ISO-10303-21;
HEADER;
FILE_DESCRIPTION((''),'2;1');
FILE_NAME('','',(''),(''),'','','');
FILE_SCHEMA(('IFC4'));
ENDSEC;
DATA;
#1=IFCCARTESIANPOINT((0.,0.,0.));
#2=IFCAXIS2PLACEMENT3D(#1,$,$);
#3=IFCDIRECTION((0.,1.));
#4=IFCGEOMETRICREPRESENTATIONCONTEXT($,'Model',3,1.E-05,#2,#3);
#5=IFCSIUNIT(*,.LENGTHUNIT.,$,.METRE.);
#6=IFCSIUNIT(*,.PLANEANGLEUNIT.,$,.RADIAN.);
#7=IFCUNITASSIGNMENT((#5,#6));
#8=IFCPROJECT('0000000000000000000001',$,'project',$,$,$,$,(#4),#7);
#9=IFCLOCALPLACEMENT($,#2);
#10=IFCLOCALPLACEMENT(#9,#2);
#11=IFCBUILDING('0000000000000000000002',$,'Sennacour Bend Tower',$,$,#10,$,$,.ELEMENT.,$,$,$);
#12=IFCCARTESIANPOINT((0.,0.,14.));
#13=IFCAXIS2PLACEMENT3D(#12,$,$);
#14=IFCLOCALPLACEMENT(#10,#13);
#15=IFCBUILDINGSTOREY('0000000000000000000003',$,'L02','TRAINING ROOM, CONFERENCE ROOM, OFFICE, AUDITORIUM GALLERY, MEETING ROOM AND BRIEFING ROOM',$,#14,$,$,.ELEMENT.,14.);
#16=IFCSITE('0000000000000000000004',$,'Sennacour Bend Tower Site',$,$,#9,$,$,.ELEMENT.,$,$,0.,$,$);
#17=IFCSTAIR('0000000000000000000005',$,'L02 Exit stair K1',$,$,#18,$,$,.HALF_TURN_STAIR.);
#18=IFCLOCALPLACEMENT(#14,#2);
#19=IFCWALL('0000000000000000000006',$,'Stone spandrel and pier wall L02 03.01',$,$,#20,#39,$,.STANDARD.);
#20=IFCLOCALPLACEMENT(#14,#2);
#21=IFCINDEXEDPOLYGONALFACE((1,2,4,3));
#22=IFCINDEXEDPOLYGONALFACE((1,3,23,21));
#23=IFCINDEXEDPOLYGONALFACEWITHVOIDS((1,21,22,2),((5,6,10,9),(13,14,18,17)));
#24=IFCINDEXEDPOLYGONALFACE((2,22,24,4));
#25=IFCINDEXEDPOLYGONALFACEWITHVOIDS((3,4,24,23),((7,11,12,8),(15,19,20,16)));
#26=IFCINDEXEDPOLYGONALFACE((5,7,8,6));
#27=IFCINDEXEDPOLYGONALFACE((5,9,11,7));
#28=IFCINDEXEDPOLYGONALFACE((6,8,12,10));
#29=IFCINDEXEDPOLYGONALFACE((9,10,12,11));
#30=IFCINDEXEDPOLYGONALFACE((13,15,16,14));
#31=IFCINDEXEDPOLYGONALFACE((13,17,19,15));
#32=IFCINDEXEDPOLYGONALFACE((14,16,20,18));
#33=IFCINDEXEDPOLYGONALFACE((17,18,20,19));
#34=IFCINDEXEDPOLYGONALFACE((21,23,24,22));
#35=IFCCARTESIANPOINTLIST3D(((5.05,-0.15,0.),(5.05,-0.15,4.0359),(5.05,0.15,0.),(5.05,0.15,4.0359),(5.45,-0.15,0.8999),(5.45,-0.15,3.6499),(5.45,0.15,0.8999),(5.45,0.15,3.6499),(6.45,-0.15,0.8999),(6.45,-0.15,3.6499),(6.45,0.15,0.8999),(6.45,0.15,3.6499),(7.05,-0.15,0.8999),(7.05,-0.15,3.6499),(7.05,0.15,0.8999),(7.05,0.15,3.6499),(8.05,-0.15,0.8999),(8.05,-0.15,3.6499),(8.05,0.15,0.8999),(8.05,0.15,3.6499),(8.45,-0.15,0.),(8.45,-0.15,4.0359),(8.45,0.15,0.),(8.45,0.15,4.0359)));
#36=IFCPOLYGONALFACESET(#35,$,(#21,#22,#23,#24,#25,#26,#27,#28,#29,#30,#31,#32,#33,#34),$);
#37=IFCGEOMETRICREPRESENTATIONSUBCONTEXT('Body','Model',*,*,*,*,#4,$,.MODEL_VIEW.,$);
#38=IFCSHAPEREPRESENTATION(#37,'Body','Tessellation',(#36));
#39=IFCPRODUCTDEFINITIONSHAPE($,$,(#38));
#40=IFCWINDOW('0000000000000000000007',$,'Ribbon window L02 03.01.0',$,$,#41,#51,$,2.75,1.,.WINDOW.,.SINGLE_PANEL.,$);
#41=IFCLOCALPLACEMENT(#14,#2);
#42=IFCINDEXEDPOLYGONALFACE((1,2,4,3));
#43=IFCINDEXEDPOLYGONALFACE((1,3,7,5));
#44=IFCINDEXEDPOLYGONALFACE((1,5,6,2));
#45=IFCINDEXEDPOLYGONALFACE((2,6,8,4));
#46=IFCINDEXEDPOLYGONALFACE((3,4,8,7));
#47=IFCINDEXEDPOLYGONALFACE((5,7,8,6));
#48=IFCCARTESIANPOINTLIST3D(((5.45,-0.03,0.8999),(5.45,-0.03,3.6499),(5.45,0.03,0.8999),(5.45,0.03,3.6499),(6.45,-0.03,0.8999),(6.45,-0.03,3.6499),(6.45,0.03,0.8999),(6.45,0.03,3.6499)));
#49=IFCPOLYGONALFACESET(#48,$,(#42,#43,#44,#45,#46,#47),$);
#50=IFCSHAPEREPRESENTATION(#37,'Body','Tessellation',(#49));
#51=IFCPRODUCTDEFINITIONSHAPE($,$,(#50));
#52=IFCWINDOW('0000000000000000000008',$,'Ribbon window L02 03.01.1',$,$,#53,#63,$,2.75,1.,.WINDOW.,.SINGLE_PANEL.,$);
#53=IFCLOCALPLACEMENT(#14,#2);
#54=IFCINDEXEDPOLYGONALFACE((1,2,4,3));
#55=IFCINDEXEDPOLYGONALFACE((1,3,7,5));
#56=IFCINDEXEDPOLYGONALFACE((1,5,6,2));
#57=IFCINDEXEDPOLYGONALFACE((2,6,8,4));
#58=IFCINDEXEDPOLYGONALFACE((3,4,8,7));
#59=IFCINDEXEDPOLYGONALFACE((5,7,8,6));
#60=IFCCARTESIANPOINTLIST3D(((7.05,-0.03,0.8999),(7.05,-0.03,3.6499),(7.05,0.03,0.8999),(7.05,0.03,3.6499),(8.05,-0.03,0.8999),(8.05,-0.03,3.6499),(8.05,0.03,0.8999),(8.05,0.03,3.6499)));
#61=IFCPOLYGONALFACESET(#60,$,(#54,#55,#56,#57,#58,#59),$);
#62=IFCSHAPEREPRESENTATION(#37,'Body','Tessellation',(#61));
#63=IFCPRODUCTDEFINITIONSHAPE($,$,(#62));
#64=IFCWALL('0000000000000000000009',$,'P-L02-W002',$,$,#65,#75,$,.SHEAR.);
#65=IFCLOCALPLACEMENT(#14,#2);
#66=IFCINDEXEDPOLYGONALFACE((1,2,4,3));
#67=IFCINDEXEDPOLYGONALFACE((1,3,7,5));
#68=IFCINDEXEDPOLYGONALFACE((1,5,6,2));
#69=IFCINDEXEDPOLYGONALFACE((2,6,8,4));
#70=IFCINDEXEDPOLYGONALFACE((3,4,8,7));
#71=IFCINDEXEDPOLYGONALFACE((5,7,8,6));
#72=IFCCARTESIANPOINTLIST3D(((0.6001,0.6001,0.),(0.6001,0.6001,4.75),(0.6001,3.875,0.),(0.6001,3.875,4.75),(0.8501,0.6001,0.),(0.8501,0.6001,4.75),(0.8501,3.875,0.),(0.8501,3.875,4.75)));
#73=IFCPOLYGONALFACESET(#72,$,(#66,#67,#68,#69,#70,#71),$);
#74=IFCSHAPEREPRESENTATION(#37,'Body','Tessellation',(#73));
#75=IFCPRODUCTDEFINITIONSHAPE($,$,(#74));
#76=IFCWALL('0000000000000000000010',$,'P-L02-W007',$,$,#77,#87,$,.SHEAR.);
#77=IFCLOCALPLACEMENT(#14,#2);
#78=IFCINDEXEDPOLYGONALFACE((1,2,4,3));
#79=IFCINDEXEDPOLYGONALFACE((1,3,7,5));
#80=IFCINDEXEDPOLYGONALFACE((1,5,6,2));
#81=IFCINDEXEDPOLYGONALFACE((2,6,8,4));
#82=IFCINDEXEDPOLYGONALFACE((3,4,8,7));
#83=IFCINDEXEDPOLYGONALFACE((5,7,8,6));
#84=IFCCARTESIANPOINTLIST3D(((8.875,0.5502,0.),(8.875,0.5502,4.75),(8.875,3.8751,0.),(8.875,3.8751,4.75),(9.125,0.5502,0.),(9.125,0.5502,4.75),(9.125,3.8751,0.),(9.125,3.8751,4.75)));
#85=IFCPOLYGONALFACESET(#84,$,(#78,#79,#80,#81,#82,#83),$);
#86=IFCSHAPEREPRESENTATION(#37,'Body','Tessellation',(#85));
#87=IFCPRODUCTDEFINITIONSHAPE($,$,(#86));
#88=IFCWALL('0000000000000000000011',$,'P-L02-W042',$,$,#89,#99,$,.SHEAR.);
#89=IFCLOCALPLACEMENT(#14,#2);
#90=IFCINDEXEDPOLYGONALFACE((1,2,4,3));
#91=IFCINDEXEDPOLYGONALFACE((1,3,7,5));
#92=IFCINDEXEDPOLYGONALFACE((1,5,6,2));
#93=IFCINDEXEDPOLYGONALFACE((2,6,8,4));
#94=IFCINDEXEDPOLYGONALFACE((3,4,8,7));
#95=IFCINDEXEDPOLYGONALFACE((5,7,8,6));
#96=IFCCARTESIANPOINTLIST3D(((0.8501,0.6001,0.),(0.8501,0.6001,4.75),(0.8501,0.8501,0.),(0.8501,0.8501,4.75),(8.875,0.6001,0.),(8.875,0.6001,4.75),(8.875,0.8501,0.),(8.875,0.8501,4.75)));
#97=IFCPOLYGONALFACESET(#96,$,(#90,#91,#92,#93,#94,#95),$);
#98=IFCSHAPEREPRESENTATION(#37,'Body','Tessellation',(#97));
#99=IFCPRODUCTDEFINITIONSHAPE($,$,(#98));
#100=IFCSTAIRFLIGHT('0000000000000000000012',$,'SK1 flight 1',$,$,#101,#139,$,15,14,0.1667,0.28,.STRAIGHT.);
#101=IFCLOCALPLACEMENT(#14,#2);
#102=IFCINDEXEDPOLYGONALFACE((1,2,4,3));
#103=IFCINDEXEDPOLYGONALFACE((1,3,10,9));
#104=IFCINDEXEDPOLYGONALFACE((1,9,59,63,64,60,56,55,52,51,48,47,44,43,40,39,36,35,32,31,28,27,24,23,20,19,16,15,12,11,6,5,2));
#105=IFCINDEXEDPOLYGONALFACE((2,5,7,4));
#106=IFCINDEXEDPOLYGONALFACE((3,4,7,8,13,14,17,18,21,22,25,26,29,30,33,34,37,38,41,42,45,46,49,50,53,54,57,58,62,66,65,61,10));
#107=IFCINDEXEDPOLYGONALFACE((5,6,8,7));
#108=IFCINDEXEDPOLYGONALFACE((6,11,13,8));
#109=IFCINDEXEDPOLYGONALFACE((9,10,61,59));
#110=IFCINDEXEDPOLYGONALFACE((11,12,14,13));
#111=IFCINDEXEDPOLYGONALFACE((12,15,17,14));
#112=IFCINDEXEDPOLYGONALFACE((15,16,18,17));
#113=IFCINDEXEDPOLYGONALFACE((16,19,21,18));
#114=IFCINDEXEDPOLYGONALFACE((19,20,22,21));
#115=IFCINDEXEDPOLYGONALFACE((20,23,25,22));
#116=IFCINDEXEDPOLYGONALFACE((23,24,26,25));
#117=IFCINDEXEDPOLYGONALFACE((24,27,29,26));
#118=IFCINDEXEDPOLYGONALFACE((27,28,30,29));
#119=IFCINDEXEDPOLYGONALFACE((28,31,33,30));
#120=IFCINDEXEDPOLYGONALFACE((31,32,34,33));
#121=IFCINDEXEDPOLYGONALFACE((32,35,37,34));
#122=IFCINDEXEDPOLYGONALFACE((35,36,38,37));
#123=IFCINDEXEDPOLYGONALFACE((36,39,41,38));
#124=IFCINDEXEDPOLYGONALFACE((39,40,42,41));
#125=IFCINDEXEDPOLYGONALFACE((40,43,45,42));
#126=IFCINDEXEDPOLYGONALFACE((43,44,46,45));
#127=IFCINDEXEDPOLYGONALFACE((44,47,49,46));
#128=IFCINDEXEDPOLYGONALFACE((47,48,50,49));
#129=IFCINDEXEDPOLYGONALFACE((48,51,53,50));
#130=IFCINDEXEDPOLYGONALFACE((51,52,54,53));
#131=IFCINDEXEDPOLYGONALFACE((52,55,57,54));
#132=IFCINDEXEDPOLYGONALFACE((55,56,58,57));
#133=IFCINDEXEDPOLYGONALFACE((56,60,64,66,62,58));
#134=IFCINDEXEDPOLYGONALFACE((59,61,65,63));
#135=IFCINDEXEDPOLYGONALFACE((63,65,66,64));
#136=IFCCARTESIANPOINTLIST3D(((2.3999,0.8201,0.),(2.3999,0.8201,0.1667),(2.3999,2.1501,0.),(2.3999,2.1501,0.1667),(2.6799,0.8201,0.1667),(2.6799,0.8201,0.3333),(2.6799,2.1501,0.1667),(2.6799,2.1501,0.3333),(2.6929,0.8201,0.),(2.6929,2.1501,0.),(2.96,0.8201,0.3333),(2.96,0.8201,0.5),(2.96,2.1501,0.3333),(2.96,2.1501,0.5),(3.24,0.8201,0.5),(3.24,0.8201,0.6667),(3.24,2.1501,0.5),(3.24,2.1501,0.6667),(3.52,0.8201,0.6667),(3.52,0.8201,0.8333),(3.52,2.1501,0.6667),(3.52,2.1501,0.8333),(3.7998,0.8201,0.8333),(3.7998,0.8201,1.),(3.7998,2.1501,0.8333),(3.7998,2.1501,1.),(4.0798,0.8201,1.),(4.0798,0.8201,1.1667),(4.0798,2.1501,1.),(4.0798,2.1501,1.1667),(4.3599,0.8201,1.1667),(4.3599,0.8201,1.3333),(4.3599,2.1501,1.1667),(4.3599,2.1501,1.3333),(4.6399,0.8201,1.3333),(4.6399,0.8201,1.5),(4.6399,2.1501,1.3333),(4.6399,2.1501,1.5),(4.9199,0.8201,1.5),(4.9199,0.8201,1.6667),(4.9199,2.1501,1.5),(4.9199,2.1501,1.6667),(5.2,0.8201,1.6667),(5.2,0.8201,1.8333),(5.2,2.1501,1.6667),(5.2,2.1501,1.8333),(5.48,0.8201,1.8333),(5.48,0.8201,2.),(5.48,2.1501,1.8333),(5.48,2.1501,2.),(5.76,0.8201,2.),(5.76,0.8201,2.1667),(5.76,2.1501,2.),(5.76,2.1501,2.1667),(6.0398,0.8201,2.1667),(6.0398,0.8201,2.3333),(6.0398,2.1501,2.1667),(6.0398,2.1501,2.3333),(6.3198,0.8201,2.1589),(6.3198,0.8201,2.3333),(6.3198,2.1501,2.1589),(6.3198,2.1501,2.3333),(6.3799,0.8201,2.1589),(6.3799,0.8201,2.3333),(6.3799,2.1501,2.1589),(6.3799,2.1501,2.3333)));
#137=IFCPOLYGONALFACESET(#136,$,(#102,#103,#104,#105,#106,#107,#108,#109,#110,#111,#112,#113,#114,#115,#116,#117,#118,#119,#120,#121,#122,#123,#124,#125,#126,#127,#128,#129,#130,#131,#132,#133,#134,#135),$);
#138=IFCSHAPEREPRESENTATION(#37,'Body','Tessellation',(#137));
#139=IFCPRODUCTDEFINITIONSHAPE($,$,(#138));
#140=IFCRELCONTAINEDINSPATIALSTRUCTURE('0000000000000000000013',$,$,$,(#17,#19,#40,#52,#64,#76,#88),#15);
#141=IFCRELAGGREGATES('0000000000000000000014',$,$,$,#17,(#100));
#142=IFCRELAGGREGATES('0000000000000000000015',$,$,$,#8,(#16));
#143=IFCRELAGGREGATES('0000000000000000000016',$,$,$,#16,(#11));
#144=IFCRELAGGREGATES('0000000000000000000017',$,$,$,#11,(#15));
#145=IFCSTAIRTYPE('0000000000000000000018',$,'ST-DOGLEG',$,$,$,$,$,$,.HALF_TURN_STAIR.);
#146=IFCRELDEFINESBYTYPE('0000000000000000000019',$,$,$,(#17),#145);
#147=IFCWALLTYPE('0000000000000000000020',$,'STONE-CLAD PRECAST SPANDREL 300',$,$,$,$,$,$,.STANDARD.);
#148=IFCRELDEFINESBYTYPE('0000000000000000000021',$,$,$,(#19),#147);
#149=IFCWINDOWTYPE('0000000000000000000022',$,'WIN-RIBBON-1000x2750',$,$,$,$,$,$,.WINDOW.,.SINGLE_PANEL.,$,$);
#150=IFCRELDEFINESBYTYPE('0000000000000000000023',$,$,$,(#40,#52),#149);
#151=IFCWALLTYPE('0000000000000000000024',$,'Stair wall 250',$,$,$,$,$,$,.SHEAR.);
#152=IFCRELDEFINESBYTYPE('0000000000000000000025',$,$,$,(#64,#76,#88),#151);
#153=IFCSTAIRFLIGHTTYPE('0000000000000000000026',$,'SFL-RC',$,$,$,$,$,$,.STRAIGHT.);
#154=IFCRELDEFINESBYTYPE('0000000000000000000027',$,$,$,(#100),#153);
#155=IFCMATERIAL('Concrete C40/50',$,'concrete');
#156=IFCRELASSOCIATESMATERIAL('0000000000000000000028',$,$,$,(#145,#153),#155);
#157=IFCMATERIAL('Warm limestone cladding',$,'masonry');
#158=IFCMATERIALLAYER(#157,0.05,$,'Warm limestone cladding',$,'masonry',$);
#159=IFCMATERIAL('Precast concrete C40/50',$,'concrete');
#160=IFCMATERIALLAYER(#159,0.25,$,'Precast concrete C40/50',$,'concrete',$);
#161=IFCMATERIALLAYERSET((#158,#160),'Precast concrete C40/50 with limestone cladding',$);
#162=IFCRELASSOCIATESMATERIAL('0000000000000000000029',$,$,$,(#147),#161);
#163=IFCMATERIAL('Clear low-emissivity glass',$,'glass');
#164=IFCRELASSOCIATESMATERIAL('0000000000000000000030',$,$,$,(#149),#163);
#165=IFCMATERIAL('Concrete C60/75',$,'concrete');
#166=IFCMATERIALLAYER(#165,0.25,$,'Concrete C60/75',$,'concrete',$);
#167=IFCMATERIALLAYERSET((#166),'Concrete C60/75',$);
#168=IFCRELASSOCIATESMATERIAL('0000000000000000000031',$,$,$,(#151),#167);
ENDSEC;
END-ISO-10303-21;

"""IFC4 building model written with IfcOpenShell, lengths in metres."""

from ifc_helpers import new_model, si_unit, direction, frame, frame_2d, origin, place, context, subcontext, project, spatial, polyline, rectangle, outline, extrude, material, layer, layer_set, type_object, element, fill, aggregate, save


model = new_model("IFC4")

# Units and contexts
model_context = context("Model", 3, precision=1e-05, world=origin(), true_north=direction((0.0, 1.0)))
body_context = subcontext(model_context, "Body", "Model", "MODEL_VIEW")
ifc_project = project(units=[si_unit("LENGTHUNIT", "METRE"), si_unit("PLANEANGLEUNIT", "RADIAN")], contexts=[model_context])

# Site, building, storey
site_placement = place(None, origin())
site = spatial("IfcSite", under=ifc_project, at=site_placement, Name="Sennacour Bend Tower Site", CompositionType="ELEMENT", RefElevation=0.0)
building_placement = place(site_placement, origin())
building = spatial("IfcBuilding", under=site, at=building_placement, Name="Sennacour Bend Tower", CompositionType="ELEMENT")
storey_placement = place(building_placement, frame((0.0, 0.0, 14.0)))
storey = spatial("IfcBuildingStorey", under=building, at=storey_placement, Name="L02", Description="TRAINING ROOM, CONFERENCE ROOM, OFFICE, AUDITORIUM GALLERY, MEETING ROOM AND BRIEFING ROOM", CompositionType="ELEMENT", Elevation=14.0)

# Shared definitions
ifc_material_1 = material(Name="Concrete C40/50", Category="concrete")
stair_type = type_object("IfcStairType", Name="ST-DOGLEG", PredefinedType="HALF_TURN_STAIR", material=ifc_material_1)

# Stair
stair_1_placement = place(storey_placement, origin())
stair_1 = element("IfcStair", 1, at=stair_1_placement, inside=storey, type_object=stair_type, Name="L02 Exit stair K1", PredefinedType="HALF_TURN_STAIR")

# Wall, openings, windows
ifc_material_2 = material(Name="Warm limestone cladding", Category="masonry")
ifc_layer_1 = layer(ifc_material_2, 0.05, Name="Warm limestone cladding", Category="masonry")
ifc_material_3 = material(Name="Precast concrete C40/50", Category="concrete")
ifc_layer_2 = layer(ifc_material_3, 0.25, Name="Precast concrete C40/50", Category="concrete")
ifc_layer_set_1 = layer_set([ifc_layer_1, ifc_layer_2], Name="Precast concrete C40/50 with limestone cladding")
wall_type_1 = type_object("IfcWallType", Name="STONE-CLAD PRECAST SPANDREL 300", PredefinedType="STANDARD", material=ifc_layer_set_1)
ifc_material_4 = material(Name="Clear low-emissivity glass", Category="glass")
window_type = type_object("IfcWindowType", Name="WIN-RIBBON-1000x2750", PartitioningType="SINGLE_PANEL", PredefinedType="WINDOW", material=ifc_material_4)
wall_1_placement = place(storey_placement, frame((5.05, 0.0, 0.0), z_axis=(0.0, 0.0, 1.0), x_axis=(1.0, 0.0, 0.0)))
wall_1 = element("IfcWall", 2, at=wall_1_placement, inside=storey, type_object=wall_type_1, Name="Stone spandrel and pier wall L02 03.01", PredefinedType="STANDARD", context=body_context, shape_type="SweptSolid", body=[
    extrude(rectangle(XDim=3.3999, YDim=0.3, at=frame_2d((1.7, 0.0))), origin(), (0.0, 0.0, 1.0), 4.0359),
])
opening_1_placement = place(wall_1_placement, frame((0.3999, 0.0, 0.8999)))
opening_1 = element("IfcOpeningElement", 3, at=opening_1_placement, cuts=wall_1, PredefinedType="OPENING", context=body_context, shape_type="SweptSolid", body=[
    extrude(rectangle(XDim=1.0, YDim=2.75, at=frame_2d((0.5, 1.375))), frame((0.0, 0.1602, 0.0), z_axis=(0.0, -1.0, 0.0), x_axis=(1.0, 0.0, 0.0)), (0.0, 0.0, 1.0), 0.3201),
])
opening_2_placement = place(wall_1_placement, frame((2.0, 0.0, 0.8999)))
opening_2 = element("IfcOpeningElement", 4, at=opening_2_placement, cuts=wall_1, PredefinedType="OPENING", context=body_context, shape_type="SweptSolid", body=[
    extrude(rectangle(XDim=1.0, YDim=2.75, at=frame_2d((0.5, 1.375))), frame((0.0, 0.1602, 0.0), z_axis=(0.0, -1.0, 0.0), x_axis=(1.0, 0.0, 0.0)), (0.0, 0.0, 1.0), 0.3201),
])
window_1_placement = place(opening_1_placement, origin())
window_1 = element("IfcWindow", 5, at=window_1_placement, inside=storey, type_object=window_type, Name="Ribbon window L02 03.01.0", OverallHeight=2.75, OverallWidth=1.0, PartitioningType="SINGLE_PANEL", PredefinedType="WINDOW", context=body_context, shape_type="SweptSolid", body=[
    extrude(rectangle(XDim=1.0, YDim=2.75, at=frame_2d((0.5, 1.375))), frame((0.0, 0.03, 0.0), z_axis=(0.0, -1.0, 0.0), x_axis=(1.0, 0.0, 0.0)), (0.0, 0.0, 1.0), 0.0601),
])
fill(opening_1, window_1)
window_2_placement = place(opening_2_placement, origin())
window_2 = element("IfcWindow", 6, at=window_2_placement, inside=storey, type_object=window_type, Name="Ribbon window L02 03.01.1", OverallHeight=2.75, OverallWidth=1.0, PartitioningType="SINGLE_PANEL", PredefinedType="WINDOW", context=body_context, shape_type="SweptSolid", body=[
    extrude(rectangle(XDim=1.0, YDim=2.75, at=frame_2d((0.5, 1.375))), frame((0.0, 0.03, 0.0), z_axis=(0.0, -1.0, 0.0), x_axis=(1.0, 0.0, 0.0)), (0.0, 0.0, 1.0), 0.0601),
])
fill(opening_2, window_2)

# Walls
ifc_material_5 = material(Name="Concrete C60/75", Category="concrete")
ifc_layer_3 = layer(ifc_material_5, 0.25, Name="Concrete C60/75", Category="concrete")
ifc_layer_set_2 = layer_set([ifc_layer_3], Name="Concrete C60/75")
wall_type_2 = type_object("IfcWallType", Name="Stair wall 250", PredefinedType="SHEAR", material=ifc_layer_set_2)
wall_2_placement = place(storey_placement, frame((0.7251, 0.6001, 0.0), z_axis=(0.0, 0.0, 1.0), x_axis=(0.0, 1.0, 0.0)))
element("IfcWall", 7, at=wall_2_placement, inside=storey, type_object=wall_type_2, Name="P-L02-W002", PredefinedType="SHEAR", context=body_context, shape_type="SweptSolid", body=[
    extrude(rectangle(XDim=3.2749, YDim=0.25, at=frame_2d((1.6375, 0.0))), origin(), (0.0, 0.0, 1.0), 4.75),
])
wall_3_placement = place(storey_placement, frame((9.0, 0.55, 0.0), z_axis=(0.0, 0.0, 1.0), x_axis=(0.0, 1.0, 0.0)))
element("IfcWall", 8, at=wall_3_placement, inside=storey, type_object=wall_type_2, Name="P-L02-W007", PredefinedType="SHEAR", context=body_context, shape_type="SweptSolid", body=[
    extrude(rectangle(XDim=3.325, YDim=0.25, at=frame_2d((1.6626, 0.0))), origin(), (0.0, 0.0, 1.0), 4.75),
])
wall_4_placement = place(storey_placement, frame((0.8501, 0.7251, 0.0), z_axis=(0.0, 0.0, 1.0), x_axis=(1.0, 0.0, 0.0)))
element("IfcWall", 9, at=wall_4_placement, inside=storey, type_object=wall_type_2, Name="P-L02-W042", PredefinedType="SHEAR", context=body_context, shape_type="SweptSolid", body=[
    extrude(rectangle(XDim=8.0249, YDim=0.25, at=frame_2d((4.0125, 0.0))), origin(), (0.0, 0.0, 1.0), 4.75),
])

# Stair flight
stair_flight_type = type_object("IfcStairFlightType", Name="SFL-RC", PredefinedType="STRAIGHT", material=ifc_material_1)
stair_flight_1_placement = place(storey_placement, frame((2.3999, 1.4851, 0.0), z_axis=(0.0, 0.0, 1.0), x_axis=(1.0, 0.0, 0.0)))
stair_flight_1 = element("IfcStairFlight", 10, at=stair_flight_1_placement, type_object=stair_flight_type, Name="SK1 flight 1", NumberOfRisers=15, NumberOfTreads=14, PredefinedType="STRAIGHT", RiserHeight=0.1667, TreadLength=0.28, context=body_context, shape_type="SweptSolid", body=[
    extrude(outline(polyline([(0.0, 0.0), (0.0, 0.1667), (0.28, 0.1667), (0.28, 0.3333), (0.5601, 0.3333), (0.5601, 0.5), (0.8401, 0.5), (0.8401, 0.6667), (1.1201, 0.6667), (1.1201, 0.8333), (1.3999, 0.8333), (1.3999, 1.0), (1.6799, 1.0), (1.6799, 1.1667), (1.96, 1.1667), (1.96, 1.3333), (2.24, 1.3333), (2.24, 1.5), (2.52, 1.5), (2.52, 1.6667), (2.8, 1.6667), (2.8, 1.8333), (3.0801, 1.8333), (3.0801, 2.0), (3.3601, 2.0), (3.3601, 2.1667), (3.6399, 2.1667), (3.6399, 2.3333), (3.9199, 2.3333), (3.98, 2.3333), (3.98, 2.1589), (3.9199, 2.1589), (0.293, 0.0), (0.0, 0.0)])), frame((0.0, 0.665, 0.0), z_axis=(0.0, -1.0, 0.0), x_axis=(1.0, 0.0, 0.0)), (0.0, 0.0, 1.0), 1.3301),
])
aggregate(stair_1, [stair_flight_1])

save(model, "model.ifc")
